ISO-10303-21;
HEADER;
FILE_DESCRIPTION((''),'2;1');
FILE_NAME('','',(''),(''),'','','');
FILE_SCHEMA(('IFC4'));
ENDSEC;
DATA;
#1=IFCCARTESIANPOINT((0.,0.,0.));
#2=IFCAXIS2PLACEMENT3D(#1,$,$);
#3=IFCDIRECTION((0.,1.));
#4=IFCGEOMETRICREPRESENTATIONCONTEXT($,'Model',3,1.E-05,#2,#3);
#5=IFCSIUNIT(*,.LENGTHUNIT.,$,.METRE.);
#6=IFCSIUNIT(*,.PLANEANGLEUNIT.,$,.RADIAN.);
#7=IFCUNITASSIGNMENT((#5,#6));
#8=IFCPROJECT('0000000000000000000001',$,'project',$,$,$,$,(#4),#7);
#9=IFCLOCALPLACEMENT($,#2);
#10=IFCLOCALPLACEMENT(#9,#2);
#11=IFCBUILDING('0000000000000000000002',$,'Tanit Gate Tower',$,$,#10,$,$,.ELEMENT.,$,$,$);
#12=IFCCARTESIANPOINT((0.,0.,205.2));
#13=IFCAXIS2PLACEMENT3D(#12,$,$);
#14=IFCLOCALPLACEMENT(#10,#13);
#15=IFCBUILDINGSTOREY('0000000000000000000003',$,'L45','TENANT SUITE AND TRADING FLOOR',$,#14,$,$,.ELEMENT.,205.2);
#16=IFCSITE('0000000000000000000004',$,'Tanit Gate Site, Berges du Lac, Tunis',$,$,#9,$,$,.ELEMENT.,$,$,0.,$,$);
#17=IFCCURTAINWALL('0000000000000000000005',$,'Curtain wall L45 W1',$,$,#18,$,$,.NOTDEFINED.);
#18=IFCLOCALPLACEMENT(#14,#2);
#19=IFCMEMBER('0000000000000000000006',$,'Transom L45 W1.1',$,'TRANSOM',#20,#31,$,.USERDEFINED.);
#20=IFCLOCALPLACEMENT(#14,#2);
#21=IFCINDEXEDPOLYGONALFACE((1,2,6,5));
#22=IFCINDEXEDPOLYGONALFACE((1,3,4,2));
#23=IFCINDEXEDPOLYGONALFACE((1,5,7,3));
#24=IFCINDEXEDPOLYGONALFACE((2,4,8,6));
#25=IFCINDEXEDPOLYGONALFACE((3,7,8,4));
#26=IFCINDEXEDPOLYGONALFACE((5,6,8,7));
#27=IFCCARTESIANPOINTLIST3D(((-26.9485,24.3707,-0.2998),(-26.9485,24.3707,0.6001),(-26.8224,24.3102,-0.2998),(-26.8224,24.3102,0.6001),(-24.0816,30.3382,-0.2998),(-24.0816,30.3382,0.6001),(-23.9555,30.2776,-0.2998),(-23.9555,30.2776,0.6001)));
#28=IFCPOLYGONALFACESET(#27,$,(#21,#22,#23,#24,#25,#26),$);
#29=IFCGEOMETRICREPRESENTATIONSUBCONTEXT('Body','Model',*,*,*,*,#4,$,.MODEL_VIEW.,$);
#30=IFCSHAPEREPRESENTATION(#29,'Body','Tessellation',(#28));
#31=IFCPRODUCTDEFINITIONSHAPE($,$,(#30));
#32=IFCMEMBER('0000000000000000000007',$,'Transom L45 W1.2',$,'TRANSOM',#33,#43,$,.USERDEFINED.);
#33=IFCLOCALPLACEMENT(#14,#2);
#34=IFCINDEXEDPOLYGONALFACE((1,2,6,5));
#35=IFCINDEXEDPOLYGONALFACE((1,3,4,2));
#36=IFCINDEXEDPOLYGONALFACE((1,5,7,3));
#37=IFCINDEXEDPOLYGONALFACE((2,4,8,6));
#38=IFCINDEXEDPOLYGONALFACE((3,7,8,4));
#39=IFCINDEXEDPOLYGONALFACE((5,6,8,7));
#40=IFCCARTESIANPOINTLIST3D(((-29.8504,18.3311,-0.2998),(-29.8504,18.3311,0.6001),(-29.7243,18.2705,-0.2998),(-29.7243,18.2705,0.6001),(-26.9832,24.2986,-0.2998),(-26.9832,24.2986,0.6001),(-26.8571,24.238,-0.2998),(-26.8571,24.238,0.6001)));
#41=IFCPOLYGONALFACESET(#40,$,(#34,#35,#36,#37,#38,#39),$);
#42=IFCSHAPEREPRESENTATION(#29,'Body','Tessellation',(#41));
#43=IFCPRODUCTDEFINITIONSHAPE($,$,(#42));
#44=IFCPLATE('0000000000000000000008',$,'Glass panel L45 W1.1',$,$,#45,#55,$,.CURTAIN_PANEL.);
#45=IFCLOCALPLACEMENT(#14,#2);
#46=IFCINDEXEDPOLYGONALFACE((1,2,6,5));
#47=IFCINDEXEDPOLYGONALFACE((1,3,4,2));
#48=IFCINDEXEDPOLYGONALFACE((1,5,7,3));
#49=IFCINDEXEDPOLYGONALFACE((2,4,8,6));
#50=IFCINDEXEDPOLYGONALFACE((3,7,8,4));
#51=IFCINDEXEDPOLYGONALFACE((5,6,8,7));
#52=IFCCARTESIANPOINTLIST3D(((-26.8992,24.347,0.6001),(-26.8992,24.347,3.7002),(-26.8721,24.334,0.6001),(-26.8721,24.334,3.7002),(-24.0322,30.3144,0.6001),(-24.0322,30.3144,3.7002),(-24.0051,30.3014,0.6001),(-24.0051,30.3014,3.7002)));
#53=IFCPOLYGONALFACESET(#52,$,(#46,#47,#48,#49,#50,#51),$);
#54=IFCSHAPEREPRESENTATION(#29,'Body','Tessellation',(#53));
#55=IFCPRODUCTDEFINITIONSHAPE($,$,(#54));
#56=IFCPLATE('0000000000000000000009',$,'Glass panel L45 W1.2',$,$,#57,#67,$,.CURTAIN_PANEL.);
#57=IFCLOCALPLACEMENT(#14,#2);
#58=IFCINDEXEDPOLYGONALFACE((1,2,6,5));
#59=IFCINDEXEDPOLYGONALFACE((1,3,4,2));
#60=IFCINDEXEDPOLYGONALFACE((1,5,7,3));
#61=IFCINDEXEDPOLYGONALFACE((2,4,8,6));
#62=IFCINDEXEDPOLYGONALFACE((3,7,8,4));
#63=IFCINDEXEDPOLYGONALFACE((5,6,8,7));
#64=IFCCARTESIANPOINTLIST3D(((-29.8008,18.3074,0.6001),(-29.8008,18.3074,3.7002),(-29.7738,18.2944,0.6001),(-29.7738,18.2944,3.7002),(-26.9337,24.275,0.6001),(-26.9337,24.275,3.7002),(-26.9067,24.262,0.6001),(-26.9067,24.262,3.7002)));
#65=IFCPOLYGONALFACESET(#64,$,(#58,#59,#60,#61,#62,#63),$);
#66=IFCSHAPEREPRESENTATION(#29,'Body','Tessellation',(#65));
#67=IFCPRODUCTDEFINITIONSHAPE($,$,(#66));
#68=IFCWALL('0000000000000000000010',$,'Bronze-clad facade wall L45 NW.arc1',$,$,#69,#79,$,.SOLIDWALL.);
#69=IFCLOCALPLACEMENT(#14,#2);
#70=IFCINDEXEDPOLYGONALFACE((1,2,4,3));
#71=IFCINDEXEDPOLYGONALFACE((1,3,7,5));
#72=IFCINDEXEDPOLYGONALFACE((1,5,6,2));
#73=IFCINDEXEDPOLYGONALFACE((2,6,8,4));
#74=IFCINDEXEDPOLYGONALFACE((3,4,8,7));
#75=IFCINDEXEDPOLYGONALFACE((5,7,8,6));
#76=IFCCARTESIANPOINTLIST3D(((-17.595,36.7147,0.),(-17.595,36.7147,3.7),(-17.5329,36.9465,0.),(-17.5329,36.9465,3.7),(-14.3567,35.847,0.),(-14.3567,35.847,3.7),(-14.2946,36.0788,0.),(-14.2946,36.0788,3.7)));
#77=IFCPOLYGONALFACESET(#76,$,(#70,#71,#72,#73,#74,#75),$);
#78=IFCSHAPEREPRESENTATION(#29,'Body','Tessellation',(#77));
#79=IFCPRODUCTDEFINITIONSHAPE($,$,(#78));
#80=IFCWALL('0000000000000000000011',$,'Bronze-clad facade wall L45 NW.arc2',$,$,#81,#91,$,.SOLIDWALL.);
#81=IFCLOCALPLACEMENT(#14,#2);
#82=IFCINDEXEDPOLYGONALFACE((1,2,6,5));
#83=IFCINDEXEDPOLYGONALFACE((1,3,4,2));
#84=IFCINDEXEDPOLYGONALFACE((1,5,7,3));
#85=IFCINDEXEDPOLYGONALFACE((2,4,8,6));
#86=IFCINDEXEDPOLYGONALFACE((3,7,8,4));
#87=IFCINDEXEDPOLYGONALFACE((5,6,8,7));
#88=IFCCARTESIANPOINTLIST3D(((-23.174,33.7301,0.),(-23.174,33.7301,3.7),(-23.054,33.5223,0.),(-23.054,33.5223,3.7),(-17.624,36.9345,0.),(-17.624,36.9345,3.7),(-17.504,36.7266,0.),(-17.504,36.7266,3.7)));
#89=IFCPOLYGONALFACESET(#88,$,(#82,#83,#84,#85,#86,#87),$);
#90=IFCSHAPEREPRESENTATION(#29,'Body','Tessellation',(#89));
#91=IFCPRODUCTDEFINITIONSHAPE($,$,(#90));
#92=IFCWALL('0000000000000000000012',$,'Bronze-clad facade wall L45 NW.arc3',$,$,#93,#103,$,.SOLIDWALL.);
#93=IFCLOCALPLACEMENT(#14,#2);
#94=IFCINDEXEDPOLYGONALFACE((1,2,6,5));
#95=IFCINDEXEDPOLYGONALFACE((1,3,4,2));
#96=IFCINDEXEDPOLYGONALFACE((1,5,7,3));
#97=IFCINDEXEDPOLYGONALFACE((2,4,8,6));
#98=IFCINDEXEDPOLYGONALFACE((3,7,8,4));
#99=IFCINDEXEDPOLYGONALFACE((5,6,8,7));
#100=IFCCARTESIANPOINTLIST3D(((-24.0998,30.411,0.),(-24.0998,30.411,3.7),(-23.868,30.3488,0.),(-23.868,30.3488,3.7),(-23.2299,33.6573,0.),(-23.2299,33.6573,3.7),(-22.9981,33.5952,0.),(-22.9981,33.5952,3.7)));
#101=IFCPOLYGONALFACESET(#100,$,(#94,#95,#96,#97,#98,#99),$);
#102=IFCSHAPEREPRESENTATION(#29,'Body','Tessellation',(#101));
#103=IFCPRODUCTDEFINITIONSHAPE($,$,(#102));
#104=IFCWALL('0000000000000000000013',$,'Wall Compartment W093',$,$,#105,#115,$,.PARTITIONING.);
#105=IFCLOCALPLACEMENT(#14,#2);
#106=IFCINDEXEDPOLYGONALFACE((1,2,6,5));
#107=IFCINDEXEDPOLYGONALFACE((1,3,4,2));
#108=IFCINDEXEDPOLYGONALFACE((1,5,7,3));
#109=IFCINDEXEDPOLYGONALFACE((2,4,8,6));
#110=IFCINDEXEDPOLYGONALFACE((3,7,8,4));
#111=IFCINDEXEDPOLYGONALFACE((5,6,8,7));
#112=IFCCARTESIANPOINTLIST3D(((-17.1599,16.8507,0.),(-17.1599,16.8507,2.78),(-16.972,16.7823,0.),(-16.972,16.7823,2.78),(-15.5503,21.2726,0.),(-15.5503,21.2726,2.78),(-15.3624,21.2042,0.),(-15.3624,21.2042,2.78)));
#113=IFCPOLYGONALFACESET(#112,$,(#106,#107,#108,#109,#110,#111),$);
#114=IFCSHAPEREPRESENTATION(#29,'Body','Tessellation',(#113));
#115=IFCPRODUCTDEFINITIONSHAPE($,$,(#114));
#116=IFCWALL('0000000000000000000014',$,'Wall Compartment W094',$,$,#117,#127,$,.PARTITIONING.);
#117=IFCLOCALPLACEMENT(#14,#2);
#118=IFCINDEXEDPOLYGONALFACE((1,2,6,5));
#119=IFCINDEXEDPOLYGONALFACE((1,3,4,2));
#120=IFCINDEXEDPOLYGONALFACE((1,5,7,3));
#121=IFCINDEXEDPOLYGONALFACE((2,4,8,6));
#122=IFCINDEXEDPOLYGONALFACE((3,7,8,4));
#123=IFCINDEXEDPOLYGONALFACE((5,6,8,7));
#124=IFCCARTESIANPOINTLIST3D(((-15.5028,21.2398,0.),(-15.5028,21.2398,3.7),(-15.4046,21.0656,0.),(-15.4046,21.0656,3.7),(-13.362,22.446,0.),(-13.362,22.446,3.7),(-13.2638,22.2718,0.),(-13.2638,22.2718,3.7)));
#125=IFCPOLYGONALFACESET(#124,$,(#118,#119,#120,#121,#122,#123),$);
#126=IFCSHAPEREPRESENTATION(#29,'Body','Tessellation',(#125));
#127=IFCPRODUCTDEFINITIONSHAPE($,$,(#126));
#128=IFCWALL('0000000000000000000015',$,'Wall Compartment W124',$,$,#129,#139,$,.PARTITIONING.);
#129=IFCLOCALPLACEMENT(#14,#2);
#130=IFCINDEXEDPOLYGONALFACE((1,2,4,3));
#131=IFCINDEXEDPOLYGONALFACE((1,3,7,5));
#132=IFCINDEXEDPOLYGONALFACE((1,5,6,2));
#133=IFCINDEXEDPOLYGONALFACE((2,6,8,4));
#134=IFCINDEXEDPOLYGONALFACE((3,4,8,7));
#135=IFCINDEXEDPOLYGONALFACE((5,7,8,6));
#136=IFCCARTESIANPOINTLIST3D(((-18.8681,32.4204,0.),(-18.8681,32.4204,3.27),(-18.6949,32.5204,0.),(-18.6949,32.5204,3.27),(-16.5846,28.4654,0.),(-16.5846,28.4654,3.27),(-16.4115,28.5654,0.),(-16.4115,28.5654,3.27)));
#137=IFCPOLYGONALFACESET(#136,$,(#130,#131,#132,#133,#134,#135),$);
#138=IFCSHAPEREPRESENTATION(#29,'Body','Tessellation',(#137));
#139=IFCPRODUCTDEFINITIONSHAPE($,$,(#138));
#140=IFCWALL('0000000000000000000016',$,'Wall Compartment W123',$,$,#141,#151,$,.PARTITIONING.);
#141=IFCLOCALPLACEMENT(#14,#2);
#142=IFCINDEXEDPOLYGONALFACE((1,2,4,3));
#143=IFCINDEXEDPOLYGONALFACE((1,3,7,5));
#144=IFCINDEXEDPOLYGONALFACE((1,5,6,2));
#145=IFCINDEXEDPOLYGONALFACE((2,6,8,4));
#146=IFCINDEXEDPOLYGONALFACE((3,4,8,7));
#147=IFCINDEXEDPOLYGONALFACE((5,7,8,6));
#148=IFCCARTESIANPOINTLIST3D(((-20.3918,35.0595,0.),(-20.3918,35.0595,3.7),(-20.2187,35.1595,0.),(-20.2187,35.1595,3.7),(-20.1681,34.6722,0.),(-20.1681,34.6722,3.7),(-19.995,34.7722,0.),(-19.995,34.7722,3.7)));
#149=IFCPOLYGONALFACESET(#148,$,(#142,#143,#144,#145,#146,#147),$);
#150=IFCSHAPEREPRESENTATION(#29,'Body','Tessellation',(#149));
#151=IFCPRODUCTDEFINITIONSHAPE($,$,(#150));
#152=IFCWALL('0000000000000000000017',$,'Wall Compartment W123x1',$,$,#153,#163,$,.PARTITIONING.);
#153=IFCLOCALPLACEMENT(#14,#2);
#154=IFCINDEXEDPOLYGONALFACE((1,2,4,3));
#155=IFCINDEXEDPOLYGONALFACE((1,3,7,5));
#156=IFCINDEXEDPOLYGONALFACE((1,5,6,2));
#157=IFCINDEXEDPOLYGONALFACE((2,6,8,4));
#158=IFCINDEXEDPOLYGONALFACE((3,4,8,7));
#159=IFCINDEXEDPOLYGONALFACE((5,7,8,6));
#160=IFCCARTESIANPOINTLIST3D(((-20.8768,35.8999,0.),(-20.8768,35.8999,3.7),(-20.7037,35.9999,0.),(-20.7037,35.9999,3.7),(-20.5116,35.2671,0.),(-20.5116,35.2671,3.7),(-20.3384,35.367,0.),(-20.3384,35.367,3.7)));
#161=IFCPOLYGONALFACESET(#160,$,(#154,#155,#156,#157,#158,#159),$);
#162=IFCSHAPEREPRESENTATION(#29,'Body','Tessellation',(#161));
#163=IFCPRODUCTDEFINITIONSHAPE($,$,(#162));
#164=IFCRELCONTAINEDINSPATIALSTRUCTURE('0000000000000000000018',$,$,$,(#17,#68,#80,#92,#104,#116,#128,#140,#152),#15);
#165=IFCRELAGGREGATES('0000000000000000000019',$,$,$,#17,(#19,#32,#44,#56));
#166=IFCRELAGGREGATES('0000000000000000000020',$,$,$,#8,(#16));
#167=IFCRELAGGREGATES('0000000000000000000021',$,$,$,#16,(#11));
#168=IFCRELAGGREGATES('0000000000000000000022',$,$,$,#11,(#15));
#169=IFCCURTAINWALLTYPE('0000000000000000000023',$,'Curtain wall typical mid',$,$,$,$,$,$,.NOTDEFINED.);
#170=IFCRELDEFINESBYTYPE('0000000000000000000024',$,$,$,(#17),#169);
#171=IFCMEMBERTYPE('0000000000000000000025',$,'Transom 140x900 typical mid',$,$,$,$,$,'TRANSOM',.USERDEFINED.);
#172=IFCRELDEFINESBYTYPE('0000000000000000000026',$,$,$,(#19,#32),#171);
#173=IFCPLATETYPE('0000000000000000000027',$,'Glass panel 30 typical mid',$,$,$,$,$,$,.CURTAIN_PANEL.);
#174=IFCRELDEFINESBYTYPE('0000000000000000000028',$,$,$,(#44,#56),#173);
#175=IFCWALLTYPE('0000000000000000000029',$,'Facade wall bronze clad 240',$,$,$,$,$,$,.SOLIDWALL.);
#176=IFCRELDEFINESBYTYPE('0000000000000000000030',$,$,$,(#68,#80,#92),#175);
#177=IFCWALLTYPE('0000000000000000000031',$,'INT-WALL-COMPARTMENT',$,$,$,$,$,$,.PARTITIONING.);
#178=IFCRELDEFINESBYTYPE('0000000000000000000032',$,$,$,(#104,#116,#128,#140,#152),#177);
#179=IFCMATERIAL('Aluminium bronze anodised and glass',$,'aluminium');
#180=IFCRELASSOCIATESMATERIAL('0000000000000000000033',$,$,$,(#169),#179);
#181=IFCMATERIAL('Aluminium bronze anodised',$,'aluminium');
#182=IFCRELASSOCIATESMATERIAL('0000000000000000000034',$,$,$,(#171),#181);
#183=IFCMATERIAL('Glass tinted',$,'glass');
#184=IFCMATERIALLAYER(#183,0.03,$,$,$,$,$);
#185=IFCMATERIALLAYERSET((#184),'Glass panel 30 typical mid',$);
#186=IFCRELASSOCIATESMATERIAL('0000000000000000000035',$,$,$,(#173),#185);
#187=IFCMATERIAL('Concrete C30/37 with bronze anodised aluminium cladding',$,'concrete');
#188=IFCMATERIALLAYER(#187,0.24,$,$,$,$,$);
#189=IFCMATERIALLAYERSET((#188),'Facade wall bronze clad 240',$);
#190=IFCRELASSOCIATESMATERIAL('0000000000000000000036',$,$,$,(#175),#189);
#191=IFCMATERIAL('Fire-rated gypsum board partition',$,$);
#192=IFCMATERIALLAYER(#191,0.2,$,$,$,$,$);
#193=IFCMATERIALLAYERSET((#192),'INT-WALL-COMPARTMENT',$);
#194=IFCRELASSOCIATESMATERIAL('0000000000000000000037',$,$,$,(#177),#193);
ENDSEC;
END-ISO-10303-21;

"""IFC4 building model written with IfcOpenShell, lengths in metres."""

from ifc_helpers import new_model, si_unit, direction, frame, frame_2d, origin, origin_2d, place, context, subcontext, project, spatial, rectangle, extrude, material, layer, layer_set, material_profile, profile_set, type_object, element, aggregate, save


model = new_model("IFC4")

# Units and contexts
model_context = context("Model", 3, precision=1e-05, world=origin(), true_north=direction((0.0, 1.0)))
body_context = subcontext(model_context, "Body", "Model", "MODEL_VIEW")
ifc_project = project(units=[si_unit("LENGTHUNIT", "METRE"), si_unit("PLANEANGLEUNIT", "RADIAN")], contexts=[model_context])

# Site, building, storey
site_placement = place(None, origin())
site = spatial("IfcSite", under=ifc_project, at=site_placement, Name="Tanit Gate Site, Berges du Lac, Tunis", CompositionType="ELEMENT", RefElevation=0.0)
building_placement = place(site_placement, origin())
building = spatial("IfcBuilding", under=site, at=building_placement, Name="Tanit Gate Tower", CompositionType="ELEMENT")
storey_placement = place(building_placement, frame((0.0, 0.0, 205.2)))
storey = spatial("IfcBuildingStorey", under=building, at=storey_placement, Name="L45", Description="TENANT SUITE AND TRADING FLOOR", CompositionType="ELEMENT", Elevation=205.2)

# Curtain wall
ifc_material_1 = material(Name="Aluminium bronze anodised and glass", Category="aluminium")
curtain_wall_type = type_object("IfcCurtainWallType", Name="Curtain wall typical mid", PredefinedType="NOTDEFINED", material=ifc_material_1)
curtain_wall_1_placement = place(storey_placement, origin())
curtain_wall_1 = element("IfcCurtainWall", 1, at=curtain_wall_1_placement, inside=storey, type_object=curtain_wall_type, Name="Curtain wall L45 W1", PredefinedType="NOTDEFINED")

# Members
ifc_material_2 = material(Name="Aluminium bronze anodised", Category="aluminium")
ifc_material_profile_1 = material_profile(ifc_material_2, rectangle(XDim=0.1399, YDim=0.8999, at=origin_2d()), Name="140x900 bronze transom")
ifc_profile_set_1 = profile_set([ifc_material_profile_1], Name="Aluminium bronze anodised")
member_type_1 = type_object("IfcMemberType", Name="Transom 140x900 typical mid", ElementType="TRANSOM", PredefinedType="USERDEFINED", material=ifc_profile_set_1)
member_1_placement = place(storey_placement, frame((-24.0186, 30.3079, 0.1501), z_axis=(-0.433042, -0.901374, 0.0), x_axis=(0.901374, -0.433042, 0.0)))
member_1 = element("IfcMember", 2, at=member_1_placement, type_object=member_type_1, Name="Transom L45 W1.1", ObjectType="TRANSOM", PredefinedType="USERDEFINED", context=body_context, shape_type="SweptSolid", body=[
    extrude(rectangle(XDim=0.1399, YDim=0.8999, at=origin_2d()), origin(), (0.0, 0.0, 1.0), 6.6204),
])
member_2_placement = place(storey_placement, frame((-26.9202, 24.2683, 0.1501), z_axis=(-0.433072, -0.90136, 0.0), x_axis=(0.90136, -0.433072, 0.0)))
member_2 = element("IfcMember", 3, at=member_2_placement, type_object=member_type_1, Name="Transom L45 W1.2", ObjectType="TRANSOM", PredefinedType="USERDEFINED", context=body_context, shape_type="SweptSolid", body=[
    extrude(rectangle(XDim=0.1399, YDim=0.8999, at=origin_2d()), origin(), (0.0, 0.0, 1.0), 6.6206),
])

# Plates
ifc_material_3 = material(Name="Glass tinted", Category="glass")
ifc_layer_1 = layer(ifc_material_3, 0.03)
ifc_layer_set_1 = layer_set([ifc_layer_1], Name="Glass panel 30 typical mid")
plate_type = type_object("IfcPlateType", Name="Glass panel 30 typical mid", PredefinedType="CURTAIN_PANEL", material=ifc_layer_set_1)
plate_1_placement = place(storey_placement, frame((-25.4521, 27.3242, 0.6001), z_axis=(0.0, 0.0, 1.0), x_axis=(-0.433057, -0.901367, 0.0)))
plate_1 = element("IfcPlate", 4, at=plate_1_placement, type_object=plate_type, Name="Glass panel L45 W1.1", PredefinedType="CURTAIN_PANEL", context=body_context, shape_type="SweptSolid", body=[
    extrude(rectangle(XDim=6.6204, YDim=0.03, at=origin_2d()), origin(), (0.0, 0.0, 1.0), 3.1001),
])
plate_2_placement = place(storey_placement, frame((-28.3538, 21.2847, 0.6001), z_axis=(0.0, 0.0, 1.0), x_axis=(-0.433057, -0.901367, 0.0)))
plate_2 = element("IfcPlate", 5, at=plate_2_placement, type_object=plate_type, Name="Glass panel L45 W1.2", PredefinedType="CURTAIN_PANEL", context=body_context, shape_type="SweptSolid", body=[
    extrude(rectangle(XDim=6.6206, YDim=0.03, at=origin_2d()), origin(), (0.0, 0.0, 1.0), 3.1001),
])
aggregate(curtain_wall_1, [member_1, member_2, plate_1, plate_2])

# Walls
ifc_material_4 = material(Name="Concrete C30/37 with bronze anodised aluminium cladding", Category="concrete")
ifc_layer_2 = layer(ifc_material_4, 0.24)
ifc_layer_set_2 = layer_set([ifc_layer_2], Name="Facade wall bronze clad 240")
wall_type_1 = type_object("IfcWallType", Name="Facade wall bronze clad 240", PredefinedType="SOLIDWALL", material=ifc_layer_set_2)
wall_1_placement = place(storey_placement, frame((-14.3257, 35.9629, 0.0), z_axis=(0.0, 0.0, 1.0), x_axis=(-0.965927, 0.258814, 0.0)))
element("IfcWall", 6, at=wall_1_placement, inside=storey, type_object=wall_type_1, Name="Bronze-clad facade wall L45 NW.arc1", PredefinedType="SOLIDWALL", context=body_context, shape_type="SweptSolid", body=[
    extrude(rectangle(XDim=3.3525, YDim=0.24, at=frame_2d((1.6763, 0.0))), origin(), (0.0, 0.0, 1.0), 3.7),
])
wall_2_placement = place(storey_placement, frame((-17.564, 36.8306, 0.0), z_axis=(0.0, 0.0, 1.0), x_axis=(-0.866024, -0.500003, 0.0)))
element("IfcWall", 7, at=wall_2_placement, inside=storey, type_object=wall_type_1, Name="Bronze-clad facade wall L45 NW.arc2", PredefinedType="SOLIDWALL", context=body_context, shape_type="SweptSolid", body=[
    extrude(rectangle(XDim=6.4087, YDim=0.24, at=frame_2d((3.2043, 0.0))), origin(), (0.0, 0.0, 1.0), 3.7),
])
wall_3_placement = place(storey_placement, frame((-23.114, 33.6262, 0.0), z_axis=(0.0, 0.0, 1.0), x_axis=(-0.258824, -0.965924, 0.0)))
element("IfcWall", 8, at=wall_3_placement, inside=storey, type_object=wall_type_1, Name="Bronze-clad facade wall L45 NW.arc3", PredefinedType="SOLIDWALL", context=body_context, shape_type="SweptSolid", body=[
    extrude(rectangle(XDim=3.3608, YDim=0.24, at=frame_2d((1.6804, 0.0))), origin(), (0.0, 0.0, 1.0), 3.7),
])
ifc_material_5 = material(Name="Fire-rated gypsum board partition")
ifc_layer_3 = layer(ifc_material_5, 0.2)
ifc_layer_set_3 = layer_set([ifc_layer_3], Name="INT-WALL-COMPARTMENT")
wall_type_2 = type_object("IfcWallType", Name="INT-WALL-COMPARTMENT", PredefinedType="PARTITIONING", material=ifc_layer_set_3)
wall_4_placement = place(storey_placement, frame((-15.4563, 21.2385, 0.0), z_axis=(0.0, 0.0, 1.0), x_axis=(-0.342055, -0.93968, 0.0)))
element("IfcWall", 9, at=wall_4_placement, inside=storey, type_object=wall_type_2, Name="Wall Compartment W093", PredefinedType="PARTITIONING", context=body_context, shape_type="SweptSolid", body=[
    extrude(rectangle(XDim=4.7058, YDim=0.2, at=frame_2d((2.353, 0.0))), origin(), (0.0, 0.0, 1.0), 2.78),
])
wall_5_placement = place(storey_placement, frame((-13.313, 22.3589, 0.0), z_axis=(0.0, 0.0, 1.0), x_axis=(-0.871217, -0.490898, 0.0)))
element("IfcWall", 10, at=wall_5_placement, inside=storey, type_object=wall_type_2, Name="Wall Compartment W094", PredefinedType="PARTITIONING", context=body_context, shape_type="SweptSolid", body=[
    extrude(rectangle(XDim=2.4573, YDim=0.2, at=frame_2d((1.2285, 0.0))), origin(), (0.0, 0.0, 1.0), 3.7),
])
wall_6_placement = place(storey_placement, frame((-16.498, 28.5154, 0.0), z_axis=(0.0, 0.0, 1.0), x_axis=(-0.499997, 0.866027, 0.0)))
element("IfcWall", 11, at=wall_6_placement, inside=storey, type_object=wall_type_2, Name="Wall Compartment W124", PredefinedType="PARTITIONING", context=body_context, shape_type="SweptSolid", body=[
    extrude(rectangle(XDim=4.5669, YDim=0.2, at=frame_2d((2.2834, 0.0))), origin(), (0.0, 0.0, 1.0), 3.27),
])
wall_7_placement = place(storey_placement, frame((-20.0815, 34.7222, 0.0), z_axis=(0.0, 0.0, 1.0), x_axis=(-0.500132, 0.865949, 0.0)))
element("IfcWall", 12, at=wall_7_placement, inside=storey, type_object=wall_type_2, Name="Wall Compartment W123", PredefinedType="PARTITIONING", context=body_context, shape_type="SweptSolid", body=[
    extrude(rectangle(XDim=0.4473, YDim=0.2, at=frame_2d((0.2236, 0.0))), origin(), (0.0, 0.0, 1.0), 3.7),
])
wall_8_placement = place(storey_placement, frame((-20.425, 35.3171, 0.0), z_axis=(0.0, 0.0, 1.0), x_axis=(-0.499877, 0.866097, 0.0)))
element("IfcWall", 13, at=wall_8_placement, inside=storey, type_object=wall_type_2, Name="Wall Compartment W123x1", PredefinedType="PARTITIONING", context=body_context, shape_type="SweptSolid", body=[
    extrude(rectangle(XDim=0.7307, YDim=0.2, at=frame_2d((0.3652, 0.0))), origin(), (0.0, 0.0, 1.0), 3.7),
])

save(model, "model.ifc")
